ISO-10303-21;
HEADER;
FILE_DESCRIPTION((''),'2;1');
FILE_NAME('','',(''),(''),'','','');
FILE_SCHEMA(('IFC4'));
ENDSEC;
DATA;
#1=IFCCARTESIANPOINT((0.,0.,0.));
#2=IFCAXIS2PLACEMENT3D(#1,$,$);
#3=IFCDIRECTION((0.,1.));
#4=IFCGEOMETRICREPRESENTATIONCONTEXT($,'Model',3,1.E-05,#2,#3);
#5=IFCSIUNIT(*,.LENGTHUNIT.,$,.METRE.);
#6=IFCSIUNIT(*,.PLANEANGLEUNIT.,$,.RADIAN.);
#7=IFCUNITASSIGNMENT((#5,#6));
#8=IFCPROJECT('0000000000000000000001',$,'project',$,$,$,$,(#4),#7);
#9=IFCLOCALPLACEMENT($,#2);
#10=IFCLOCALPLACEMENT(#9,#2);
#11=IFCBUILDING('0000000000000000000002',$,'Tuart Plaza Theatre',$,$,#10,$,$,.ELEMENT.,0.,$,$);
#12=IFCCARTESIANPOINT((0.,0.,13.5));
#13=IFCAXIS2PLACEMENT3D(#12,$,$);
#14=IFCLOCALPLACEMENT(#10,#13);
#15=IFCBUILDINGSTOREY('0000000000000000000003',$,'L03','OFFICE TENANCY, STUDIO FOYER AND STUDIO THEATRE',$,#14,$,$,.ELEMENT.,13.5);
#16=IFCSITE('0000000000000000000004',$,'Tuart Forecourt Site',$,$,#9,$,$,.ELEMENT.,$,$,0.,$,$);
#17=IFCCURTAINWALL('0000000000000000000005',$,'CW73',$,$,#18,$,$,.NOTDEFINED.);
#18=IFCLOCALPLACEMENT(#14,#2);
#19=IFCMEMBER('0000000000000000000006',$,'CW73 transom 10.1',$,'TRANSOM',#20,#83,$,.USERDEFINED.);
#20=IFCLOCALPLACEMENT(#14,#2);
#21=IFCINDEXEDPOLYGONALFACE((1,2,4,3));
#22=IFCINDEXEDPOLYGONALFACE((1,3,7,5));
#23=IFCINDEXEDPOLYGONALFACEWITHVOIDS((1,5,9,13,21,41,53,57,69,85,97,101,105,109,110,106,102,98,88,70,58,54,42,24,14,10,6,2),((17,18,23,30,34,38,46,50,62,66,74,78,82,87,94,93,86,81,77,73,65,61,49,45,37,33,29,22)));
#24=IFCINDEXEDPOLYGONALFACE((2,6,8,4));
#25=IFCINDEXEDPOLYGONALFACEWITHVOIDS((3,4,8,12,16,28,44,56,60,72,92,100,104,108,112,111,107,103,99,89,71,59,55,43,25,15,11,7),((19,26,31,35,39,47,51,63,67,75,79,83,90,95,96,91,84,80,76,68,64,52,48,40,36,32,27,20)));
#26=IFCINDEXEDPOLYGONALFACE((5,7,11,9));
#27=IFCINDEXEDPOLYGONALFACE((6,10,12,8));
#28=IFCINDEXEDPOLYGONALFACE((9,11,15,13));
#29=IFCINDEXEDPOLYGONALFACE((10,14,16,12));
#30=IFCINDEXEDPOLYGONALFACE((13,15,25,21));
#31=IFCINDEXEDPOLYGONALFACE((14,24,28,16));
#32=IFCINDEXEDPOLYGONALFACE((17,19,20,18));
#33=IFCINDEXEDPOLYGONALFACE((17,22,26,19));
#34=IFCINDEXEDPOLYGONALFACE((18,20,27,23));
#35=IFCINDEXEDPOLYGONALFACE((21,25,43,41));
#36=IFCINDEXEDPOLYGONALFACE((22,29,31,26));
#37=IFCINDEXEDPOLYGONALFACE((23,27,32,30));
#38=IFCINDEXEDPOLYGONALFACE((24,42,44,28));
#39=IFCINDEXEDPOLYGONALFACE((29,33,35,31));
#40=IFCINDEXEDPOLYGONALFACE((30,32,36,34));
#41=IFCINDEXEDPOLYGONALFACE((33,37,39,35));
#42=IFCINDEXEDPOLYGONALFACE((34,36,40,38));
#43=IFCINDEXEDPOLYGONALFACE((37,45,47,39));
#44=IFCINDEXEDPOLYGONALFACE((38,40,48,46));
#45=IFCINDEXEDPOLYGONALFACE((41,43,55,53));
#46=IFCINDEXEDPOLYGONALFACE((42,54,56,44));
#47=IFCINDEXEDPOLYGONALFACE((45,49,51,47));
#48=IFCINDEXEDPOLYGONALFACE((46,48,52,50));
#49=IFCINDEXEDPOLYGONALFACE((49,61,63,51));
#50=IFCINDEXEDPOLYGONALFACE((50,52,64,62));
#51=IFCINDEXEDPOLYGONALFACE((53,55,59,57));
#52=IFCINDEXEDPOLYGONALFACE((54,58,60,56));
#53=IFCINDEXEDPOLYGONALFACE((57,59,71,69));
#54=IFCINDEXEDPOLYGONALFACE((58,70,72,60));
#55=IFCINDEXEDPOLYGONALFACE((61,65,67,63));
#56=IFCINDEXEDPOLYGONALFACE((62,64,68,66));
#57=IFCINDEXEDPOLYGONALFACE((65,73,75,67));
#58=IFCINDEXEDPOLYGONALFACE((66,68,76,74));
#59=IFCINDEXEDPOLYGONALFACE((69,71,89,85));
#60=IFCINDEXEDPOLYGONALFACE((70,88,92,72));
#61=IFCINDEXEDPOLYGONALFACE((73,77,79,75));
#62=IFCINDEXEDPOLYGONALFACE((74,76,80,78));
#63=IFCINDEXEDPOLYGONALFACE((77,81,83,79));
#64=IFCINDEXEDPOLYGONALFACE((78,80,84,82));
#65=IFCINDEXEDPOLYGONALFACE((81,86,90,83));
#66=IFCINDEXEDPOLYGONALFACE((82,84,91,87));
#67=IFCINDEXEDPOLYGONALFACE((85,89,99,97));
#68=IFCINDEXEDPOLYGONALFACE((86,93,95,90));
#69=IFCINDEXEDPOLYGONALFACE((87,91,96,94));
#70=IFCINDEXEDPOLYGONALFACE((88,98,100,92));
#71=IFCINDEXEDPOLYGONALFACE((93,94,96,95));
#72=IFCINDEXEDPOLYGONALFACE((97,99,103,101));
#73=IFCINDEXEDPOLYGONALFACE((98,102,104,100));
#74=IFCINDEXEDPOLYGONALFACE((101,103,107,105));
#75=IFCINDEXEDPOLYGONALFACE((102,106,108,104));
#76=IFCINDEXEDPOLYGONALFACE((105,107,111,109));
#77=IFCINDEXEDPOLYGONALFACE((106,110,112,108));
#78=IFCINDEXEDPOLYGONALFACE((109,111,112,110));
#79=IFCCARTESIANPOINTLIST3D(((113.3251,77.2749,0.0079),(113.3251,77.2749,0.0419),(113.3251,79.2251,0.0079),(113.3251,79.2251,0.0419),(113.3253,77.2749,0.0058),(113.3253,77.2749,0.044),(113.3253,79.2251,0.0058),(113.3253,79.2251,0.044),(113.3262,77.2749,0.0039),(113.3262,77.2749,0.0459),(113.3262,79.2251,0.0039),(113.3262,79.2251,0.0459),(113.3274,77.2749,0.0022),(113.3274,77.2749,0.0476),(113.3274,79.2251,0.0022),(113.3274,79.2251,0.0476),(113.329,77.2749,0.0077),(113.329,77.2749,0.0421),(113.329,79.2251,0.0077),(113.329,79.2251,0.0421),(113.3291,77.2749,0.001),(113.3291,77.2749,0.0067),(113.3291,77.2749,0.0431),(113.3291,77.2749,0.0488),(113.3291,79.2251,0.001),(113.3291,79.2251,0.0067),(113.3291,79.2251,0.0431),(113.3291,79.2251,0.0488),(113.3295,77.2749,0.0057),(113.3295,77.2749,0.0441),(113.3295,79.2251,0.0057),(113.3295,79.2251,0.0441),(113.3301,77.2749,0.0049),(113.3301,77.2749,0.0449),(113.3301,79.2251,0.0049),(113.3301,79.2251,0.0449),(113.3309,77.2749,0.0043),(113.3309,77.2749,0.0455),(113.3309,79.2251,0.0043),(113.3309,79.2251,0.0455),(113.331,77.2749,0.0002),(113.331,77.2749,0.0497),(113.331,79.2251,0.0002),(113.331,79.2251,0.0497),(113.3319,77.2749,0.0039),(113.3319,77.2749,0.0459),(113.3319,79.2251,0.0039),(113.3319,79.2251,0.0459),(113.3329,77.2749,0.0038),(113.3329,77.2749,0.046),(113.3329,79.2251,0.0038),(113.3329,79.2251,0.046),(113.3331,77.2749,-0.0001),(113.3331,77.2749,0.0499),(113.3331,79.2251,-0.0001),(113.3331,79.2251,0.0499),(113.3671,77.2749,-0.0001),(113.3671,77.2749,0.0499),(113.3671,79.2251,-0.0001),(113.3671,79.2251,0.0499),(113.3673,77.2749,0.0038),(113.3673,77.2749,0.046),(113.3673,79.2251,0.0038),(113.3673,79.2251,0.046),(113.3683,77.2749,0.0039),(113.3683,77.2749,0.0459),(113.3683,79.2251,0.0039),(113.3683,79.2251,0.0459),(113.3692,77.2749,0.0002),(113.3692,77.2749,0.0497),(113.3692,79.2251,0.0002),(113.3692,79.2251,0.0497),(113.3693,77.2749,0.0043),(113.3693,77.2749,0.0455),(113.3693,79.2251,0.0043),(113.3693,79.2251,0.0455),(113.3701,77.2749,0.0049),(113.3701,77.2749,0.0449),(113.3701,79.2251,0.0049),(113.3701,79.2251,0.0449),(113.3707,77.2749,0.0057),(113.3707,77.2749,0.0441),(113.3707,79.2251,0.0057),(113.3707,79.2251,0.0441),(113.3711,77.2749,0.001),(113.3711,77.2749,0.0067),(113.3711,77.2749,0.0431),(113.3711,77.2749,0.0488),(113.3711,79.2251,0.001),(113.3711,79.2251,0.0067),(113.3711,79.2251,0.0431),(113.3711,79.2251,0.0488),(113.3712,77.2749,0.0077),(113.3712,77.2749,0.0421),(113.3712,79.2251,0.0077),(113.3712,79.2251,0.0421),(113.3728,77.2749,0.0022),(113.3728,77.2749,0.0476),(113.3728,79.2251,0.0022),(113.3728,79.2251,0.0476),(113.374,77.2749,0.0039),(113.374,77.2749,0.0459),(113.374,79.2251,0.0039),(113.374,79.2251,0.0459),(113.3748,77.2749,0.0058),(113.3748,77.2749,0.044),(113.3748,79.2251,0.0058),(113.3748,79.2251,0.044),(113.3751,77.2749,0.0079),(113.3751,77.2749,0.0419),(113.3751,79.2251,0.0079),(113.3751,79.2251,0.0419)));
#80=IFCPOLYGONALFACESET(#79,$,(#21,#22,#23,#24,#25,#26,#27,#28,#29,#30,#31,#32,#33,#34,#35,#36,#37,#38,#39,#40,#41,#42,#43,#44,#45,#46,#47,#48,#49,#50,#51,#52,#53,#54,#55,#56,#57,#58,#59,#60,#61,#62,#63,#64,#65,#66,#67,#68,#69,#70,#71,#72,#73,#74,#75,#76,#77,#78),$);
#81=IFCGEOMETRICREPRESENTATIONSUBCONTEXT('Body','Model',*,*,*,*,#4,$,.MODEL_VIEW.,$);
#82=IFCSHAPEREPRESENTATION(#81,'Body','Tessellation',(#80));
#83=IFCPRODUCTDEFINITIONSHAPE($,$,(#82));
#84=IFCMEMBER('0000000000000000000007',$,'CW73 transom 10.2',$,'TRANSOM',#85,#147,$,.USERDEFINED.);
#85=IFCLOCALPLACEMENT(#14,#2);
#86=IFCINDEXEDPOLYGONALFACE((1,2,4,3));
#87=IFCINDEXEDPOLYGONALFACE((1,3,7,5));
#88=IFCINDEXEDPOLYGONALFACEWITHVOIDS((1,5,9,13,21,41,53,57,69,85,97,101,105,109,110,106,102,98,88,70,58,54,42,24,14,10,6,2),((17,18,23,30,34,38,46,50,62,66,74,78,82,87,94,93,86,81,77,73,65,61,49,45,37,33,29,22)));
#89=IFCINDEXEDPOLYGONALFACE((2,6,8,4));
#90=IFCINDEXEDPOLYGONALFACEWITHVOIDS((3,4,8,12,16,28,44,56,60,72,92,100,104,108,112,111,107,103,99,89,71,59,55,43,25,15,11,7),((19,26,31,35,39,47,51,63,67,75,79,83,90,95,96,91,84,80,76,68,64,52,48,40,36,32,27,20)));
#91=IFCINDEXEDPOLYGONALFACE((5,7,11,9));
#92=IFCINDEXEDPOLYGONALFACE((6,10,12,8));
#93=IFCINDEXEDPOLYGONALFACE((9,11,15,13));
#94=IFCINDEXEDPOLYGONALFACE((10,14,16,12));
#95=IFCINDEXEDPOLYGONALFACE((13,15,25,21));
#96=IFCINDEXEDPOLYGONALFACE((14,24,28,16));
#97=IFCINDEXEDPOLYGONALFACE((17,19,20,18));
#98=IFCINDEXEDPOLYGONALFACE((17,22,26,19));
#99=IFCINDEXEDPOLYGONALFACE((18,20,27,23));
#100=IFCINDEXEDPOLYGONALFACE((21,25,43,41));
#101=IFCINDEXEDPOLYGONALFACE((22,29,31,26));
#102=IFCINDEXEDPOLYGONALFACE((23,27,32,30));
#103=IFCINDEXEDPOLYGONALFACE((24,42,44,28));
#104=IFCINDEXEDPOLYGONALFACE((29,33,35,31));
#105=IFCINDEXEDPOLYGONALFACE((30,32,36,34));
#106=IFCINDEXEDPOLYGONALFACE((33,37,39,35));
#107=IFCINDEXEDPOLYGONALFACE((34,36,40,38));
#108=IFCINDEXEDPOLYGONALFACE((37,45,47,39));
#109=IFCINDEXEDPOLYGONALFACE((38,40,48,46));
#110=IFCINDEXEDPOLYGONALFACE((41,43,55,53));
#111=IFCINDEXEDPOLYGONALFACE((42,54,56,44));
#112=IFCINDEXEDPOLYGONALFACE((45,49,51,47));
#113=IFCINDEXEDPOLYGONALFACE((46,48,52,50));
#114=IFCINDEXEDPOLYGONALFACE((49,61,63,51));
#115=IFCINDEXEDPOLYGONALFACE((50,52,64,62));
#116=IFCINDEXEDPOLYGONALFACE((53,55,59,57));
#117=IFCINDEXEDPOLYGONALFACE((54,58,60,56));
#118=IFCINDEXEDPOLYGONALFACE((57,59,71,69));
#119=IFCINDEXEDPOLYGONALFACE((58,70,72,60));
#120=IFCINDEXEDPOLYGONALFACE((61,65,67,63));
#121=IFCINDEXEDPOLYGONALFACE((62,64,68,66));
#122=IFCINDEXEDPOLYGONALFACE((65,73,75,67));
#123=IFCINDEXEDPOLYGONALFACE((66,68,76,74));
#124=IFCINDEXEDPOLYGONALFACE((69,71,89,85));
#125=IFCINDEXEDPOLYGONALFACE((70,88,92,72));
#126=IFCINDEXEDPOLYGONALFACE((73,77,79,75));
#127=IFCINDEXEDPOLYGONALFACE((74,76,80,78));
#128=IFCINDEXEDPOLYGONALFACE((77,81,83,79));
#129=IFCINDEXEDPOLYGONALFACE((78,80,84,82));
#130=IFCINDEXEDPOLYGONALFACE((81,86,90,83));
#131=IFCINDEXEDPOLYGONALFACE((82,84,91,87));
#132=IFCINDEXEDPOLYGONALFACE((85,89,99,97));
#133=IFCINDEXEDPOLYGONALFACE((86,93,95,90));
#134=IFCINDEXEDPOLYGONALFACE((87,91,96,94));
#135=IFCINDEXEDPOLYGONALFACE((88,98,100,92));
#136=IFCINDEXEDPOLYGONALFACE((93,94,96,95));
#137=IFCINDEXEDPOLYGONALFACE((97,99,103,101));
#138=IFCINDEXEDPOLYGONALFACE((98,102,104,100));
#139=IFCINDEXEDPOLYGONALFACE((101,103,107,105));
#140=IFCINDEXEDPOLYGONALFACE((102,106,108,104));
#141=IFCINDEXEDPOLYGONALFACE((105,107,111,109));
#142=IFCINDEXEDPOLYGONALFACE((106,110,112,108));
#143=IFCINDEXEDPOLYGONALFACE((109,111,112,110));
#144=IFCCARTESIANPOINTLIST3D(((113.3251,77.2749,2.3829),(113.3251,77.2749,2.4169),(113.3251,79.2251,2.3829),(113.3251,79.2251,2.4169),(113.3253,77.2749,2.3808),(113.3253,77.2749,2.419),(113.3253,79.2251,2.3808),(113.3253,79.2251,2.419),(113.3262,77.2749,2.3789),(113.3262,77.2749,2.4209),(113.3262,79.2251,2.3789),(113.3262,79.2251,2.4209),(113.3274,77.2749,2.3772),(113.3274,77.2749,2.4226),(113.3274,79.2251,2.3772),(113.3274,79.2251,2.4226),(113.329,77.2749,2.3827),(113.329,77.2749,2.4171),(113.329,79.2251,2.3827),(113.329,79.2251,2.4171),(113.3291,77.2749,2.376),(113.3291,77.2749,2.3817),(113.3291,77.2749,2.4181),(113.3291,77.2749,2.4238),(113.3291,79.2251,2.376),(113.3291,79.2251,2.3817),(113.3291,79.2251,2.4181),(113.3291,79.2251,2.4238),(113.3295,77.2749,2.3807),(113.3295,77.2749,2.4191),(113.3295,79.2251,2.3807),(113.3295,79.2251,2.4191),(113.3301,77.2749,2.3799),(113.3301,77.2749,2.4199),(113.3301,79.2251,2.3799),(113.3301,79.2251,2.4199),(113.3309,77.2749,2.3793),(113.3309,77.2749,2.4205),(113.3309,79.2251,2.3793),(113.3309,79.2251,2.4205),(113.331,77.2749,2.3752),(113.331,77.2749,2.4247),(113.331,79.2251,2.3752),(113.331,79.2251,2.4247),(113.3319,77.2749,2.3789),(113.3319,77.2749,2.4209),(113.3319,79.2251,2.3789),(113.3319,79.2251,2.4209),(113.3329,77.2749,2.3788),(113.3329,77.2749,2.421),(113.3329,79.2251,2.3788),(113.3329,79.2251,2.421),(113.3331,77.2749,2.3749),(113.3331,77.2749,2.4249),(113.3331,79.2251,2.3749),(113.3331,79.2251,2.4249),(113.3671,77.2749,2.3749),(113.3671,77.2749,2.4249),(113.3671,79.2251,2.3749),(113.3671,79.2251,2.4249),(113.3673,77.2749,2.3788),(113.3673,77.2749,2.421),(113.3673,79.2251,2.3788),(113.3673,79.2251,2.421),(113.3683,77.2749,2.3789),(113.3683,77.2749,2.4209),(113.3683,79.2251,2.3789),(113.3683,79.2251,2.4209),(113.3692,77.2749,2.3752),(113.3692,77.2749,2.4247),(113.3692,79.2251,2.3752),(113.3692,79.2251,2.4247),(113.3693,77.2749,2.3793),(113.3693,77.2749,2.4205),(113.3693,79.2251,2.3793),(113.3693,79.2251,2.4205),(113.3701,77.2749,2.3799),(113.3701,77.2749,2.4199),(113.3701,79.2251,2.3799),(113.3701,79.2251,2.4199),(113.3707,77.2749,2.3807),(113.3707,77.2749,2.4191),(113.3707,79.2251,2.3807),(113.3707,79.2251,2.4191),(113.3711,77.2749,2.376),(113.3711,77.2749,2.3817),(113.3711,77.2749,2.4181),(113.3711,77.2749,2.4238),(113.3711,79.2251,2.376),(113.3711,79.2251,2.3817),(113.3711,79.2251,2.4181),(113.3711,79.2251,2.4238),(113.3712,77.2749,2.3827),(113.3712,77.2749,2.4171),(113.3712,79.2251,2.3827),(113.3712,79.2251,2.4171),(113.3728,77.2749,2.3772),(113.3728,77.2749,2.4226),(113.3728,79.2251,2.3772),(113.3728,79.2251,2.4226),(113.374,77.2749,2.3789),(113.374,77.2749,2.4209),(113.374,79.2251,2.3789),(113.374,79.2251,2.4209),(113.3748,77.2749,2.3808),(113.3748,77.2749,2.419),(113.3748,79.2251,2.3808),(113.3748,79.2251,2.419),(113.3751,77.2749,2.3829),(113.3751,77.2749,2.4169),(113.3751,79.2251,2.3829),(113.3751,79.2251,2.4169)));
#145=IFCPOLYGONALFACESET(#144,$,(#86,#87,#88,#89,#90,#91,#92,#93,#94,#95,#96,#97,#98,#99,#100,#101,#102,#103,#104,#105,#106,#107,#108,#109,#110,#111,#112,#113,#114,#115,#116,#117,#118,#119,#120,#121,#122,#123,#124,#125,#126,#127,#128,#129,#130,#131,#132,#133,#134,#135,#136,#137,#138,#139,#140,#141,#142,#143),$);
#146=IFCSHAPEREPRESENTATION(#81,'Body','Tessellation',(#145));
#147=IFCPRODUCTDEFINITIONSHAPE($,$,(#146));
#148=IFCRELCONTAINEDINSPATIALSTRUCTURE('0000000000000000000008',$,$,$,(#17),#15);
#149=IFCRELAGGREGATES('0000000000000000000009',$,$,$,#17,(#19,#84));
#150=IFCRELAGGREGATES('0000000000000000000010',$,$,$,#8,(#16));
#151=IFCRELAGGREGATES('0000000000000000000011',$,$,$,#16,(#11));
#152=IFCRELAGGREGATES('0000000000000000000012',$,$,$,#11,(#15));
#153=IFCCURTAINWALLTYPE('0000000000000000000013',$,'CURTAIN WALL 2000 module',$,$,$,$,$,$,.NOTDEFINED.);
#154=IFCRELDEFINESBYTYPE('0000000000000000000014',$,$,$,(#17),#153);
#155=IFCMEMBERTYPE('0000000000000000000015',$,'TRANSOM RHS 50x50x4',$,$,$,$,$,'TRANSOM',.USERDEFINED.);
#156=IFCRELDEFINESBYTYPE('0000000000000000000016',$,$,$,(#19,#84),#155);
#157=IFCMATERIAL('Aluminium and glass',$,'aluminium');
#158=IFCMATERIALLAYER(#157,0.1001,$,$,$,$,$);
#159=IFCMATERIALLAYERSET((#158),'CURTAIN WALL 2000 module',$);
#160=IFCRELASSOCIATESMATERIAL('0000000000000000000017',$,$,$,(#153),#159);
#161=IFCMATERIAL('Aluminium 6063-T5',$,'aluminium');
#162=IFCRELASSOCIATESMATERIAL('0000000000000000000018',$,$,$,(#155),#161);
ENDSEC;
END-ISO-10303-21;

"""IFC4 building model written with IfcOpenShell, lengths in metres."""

from ifc_helpers import new_model, si_unit, direction, frame, origin, origin_2d, place, context, subcontext, project, spatial, hollow_rectangle, extrude, material, layer, layer_set, material_profile, profile_set, type_object, element, aggregate, save


model = new_model("IFC4")

# Units and contexts
model_context = context("Model", 3, precision=1e-05, world=origin(), true_north=direction((0.0, 1.0)))
body_context = subcontext(model_context, "Body", "Model", "MODEL_VIEW")
ifc_project = project(units=[si_unit("LENGTHUNIT", "METRE"), si_unit("PLANEANGLEUNIT", "RADIAN")], contexts=[model_context])

# Site, building, storey
site_placement = place(None, origin())
site = spatial("IfcSite", under=ifc_project, at=site_placement, Name="Tuart Forecourt Site", CompositionType="ELEMENT", RefElevation=0.0)
building_placement = place(site_placement, origin())
building = spatial("IfcBuilding", under=site, at=building_placement, Name="Tuart Plaza Theatre", CompositionType="ELEMENT", ElevationOfRefHeight=0.0)
storey_placement = place(building_placement, frame((0.0, 0.0, 13.5)))
storey = spatial("IfcBuildingStorey", under=building, at=storey_placement, Name="L03", Description="OFFICE TENANCY, STUDIO FOYER AND STUDIO THEATRE", CompositionType="ELEMENT", Elevation=13.5)

# Curtain wall, members
ifc_material_1 = material(Name="Aluminium and glass", Category="aluminium")
ifc_layer_1 = layer(ifc_material_1, 0.1001)
ifc_layer_set_1 = layer_set([ifc_layer_1], Name="CURTAIN WALL 2000 module")
curtain_wall_type = type_object("IfcCurtainWallType", Name="CURTAIN WALL 2000 module", PredefinedType="NOTDEFINED", material=ifc_layer_set_1)
curtain_wall_placement = place(storey_placement, origin())
curtain_wall = element("IfcCurtainWall", 1, at=curtain_wall_placement, inside=storey, type_object=curtain_wall_type, Name="CW73", PredefinedType="NOTDEFINED")
ifc_material_2 = material(Name="Aluminium 6063-T5", Category="aluminium")
ifc_material_profile_1 = material_profile(ifc_material_2, hollow_rectangle(XDim=0.05, YDim=0.05, WallThickness=0.0039, InnerFilletRadius=0.0039, OuterFilletRadius=0.0081, at=origin_2d()), Name="RHS 50x50x4")
ifc_profile_set_1 = profile_set([ifc_material_profile_1], Name="Aluminium 6063-T5")
member_type_1 = type_object("IfcMemberType", Name="TRANSOM RHS 50x50x4", ElementType="TRANSOM", PredefinedType="USERDEFINED", material=ifc_profile_set_1)
member_1_placement = place(storey_placement, frame((113.3501, 79.2251, 0.0249), z_axis=(0.0, -1.0, 0.0), x_axis=(1.0, 0.0, 0.0)))
member_1 = element("IfcMember", 2, at=member_1_placement, type_object=member_type_1, Name="CW73 transom 10.1", ObjectType="TRANSOM", PredefinedType="USERDEFINED", context=body_context, shape_type="SweptSolid", body=[
    extrude(hollow_rectangle(XDim=0.05, YDim=0.05, WallThickness=0.0039, InnerFilletRadius=0.0039, OuterFilletRadius=0.0081, at=origin_2d()), origin(), (0.0, 0.0, 1.0), 1.9502),
])
member_2_placement = place(storey_placement, frame((113.3501, 79.2251, 2.3999), z_axis=(0.0, -1.0, 0.0), x_axis=(1.0, 0.0, 0.0)))
member_2 = element("IfcMember", 3, at=member_2_placement, type_object=member_type_1, Name="CW73 transom 10.2", ObjectType="TRANSOM", PredefinedType="USERDEFINED", context=body_context, shape_type="SweptSolid", body=[
    extrude(hollow_rectangle(XDim=0.05, YDim=0.05, WallThickness=0.0039, InnerFilletRadius=0.0039, OuterFilletRadius=0.0081, at=origin_2d()), origin(), (0.0, 0.0, 1.0), 1.9502),
])
aggregate(curtain_wall, [member_1, member_2])

save(model, "model.ifc")
